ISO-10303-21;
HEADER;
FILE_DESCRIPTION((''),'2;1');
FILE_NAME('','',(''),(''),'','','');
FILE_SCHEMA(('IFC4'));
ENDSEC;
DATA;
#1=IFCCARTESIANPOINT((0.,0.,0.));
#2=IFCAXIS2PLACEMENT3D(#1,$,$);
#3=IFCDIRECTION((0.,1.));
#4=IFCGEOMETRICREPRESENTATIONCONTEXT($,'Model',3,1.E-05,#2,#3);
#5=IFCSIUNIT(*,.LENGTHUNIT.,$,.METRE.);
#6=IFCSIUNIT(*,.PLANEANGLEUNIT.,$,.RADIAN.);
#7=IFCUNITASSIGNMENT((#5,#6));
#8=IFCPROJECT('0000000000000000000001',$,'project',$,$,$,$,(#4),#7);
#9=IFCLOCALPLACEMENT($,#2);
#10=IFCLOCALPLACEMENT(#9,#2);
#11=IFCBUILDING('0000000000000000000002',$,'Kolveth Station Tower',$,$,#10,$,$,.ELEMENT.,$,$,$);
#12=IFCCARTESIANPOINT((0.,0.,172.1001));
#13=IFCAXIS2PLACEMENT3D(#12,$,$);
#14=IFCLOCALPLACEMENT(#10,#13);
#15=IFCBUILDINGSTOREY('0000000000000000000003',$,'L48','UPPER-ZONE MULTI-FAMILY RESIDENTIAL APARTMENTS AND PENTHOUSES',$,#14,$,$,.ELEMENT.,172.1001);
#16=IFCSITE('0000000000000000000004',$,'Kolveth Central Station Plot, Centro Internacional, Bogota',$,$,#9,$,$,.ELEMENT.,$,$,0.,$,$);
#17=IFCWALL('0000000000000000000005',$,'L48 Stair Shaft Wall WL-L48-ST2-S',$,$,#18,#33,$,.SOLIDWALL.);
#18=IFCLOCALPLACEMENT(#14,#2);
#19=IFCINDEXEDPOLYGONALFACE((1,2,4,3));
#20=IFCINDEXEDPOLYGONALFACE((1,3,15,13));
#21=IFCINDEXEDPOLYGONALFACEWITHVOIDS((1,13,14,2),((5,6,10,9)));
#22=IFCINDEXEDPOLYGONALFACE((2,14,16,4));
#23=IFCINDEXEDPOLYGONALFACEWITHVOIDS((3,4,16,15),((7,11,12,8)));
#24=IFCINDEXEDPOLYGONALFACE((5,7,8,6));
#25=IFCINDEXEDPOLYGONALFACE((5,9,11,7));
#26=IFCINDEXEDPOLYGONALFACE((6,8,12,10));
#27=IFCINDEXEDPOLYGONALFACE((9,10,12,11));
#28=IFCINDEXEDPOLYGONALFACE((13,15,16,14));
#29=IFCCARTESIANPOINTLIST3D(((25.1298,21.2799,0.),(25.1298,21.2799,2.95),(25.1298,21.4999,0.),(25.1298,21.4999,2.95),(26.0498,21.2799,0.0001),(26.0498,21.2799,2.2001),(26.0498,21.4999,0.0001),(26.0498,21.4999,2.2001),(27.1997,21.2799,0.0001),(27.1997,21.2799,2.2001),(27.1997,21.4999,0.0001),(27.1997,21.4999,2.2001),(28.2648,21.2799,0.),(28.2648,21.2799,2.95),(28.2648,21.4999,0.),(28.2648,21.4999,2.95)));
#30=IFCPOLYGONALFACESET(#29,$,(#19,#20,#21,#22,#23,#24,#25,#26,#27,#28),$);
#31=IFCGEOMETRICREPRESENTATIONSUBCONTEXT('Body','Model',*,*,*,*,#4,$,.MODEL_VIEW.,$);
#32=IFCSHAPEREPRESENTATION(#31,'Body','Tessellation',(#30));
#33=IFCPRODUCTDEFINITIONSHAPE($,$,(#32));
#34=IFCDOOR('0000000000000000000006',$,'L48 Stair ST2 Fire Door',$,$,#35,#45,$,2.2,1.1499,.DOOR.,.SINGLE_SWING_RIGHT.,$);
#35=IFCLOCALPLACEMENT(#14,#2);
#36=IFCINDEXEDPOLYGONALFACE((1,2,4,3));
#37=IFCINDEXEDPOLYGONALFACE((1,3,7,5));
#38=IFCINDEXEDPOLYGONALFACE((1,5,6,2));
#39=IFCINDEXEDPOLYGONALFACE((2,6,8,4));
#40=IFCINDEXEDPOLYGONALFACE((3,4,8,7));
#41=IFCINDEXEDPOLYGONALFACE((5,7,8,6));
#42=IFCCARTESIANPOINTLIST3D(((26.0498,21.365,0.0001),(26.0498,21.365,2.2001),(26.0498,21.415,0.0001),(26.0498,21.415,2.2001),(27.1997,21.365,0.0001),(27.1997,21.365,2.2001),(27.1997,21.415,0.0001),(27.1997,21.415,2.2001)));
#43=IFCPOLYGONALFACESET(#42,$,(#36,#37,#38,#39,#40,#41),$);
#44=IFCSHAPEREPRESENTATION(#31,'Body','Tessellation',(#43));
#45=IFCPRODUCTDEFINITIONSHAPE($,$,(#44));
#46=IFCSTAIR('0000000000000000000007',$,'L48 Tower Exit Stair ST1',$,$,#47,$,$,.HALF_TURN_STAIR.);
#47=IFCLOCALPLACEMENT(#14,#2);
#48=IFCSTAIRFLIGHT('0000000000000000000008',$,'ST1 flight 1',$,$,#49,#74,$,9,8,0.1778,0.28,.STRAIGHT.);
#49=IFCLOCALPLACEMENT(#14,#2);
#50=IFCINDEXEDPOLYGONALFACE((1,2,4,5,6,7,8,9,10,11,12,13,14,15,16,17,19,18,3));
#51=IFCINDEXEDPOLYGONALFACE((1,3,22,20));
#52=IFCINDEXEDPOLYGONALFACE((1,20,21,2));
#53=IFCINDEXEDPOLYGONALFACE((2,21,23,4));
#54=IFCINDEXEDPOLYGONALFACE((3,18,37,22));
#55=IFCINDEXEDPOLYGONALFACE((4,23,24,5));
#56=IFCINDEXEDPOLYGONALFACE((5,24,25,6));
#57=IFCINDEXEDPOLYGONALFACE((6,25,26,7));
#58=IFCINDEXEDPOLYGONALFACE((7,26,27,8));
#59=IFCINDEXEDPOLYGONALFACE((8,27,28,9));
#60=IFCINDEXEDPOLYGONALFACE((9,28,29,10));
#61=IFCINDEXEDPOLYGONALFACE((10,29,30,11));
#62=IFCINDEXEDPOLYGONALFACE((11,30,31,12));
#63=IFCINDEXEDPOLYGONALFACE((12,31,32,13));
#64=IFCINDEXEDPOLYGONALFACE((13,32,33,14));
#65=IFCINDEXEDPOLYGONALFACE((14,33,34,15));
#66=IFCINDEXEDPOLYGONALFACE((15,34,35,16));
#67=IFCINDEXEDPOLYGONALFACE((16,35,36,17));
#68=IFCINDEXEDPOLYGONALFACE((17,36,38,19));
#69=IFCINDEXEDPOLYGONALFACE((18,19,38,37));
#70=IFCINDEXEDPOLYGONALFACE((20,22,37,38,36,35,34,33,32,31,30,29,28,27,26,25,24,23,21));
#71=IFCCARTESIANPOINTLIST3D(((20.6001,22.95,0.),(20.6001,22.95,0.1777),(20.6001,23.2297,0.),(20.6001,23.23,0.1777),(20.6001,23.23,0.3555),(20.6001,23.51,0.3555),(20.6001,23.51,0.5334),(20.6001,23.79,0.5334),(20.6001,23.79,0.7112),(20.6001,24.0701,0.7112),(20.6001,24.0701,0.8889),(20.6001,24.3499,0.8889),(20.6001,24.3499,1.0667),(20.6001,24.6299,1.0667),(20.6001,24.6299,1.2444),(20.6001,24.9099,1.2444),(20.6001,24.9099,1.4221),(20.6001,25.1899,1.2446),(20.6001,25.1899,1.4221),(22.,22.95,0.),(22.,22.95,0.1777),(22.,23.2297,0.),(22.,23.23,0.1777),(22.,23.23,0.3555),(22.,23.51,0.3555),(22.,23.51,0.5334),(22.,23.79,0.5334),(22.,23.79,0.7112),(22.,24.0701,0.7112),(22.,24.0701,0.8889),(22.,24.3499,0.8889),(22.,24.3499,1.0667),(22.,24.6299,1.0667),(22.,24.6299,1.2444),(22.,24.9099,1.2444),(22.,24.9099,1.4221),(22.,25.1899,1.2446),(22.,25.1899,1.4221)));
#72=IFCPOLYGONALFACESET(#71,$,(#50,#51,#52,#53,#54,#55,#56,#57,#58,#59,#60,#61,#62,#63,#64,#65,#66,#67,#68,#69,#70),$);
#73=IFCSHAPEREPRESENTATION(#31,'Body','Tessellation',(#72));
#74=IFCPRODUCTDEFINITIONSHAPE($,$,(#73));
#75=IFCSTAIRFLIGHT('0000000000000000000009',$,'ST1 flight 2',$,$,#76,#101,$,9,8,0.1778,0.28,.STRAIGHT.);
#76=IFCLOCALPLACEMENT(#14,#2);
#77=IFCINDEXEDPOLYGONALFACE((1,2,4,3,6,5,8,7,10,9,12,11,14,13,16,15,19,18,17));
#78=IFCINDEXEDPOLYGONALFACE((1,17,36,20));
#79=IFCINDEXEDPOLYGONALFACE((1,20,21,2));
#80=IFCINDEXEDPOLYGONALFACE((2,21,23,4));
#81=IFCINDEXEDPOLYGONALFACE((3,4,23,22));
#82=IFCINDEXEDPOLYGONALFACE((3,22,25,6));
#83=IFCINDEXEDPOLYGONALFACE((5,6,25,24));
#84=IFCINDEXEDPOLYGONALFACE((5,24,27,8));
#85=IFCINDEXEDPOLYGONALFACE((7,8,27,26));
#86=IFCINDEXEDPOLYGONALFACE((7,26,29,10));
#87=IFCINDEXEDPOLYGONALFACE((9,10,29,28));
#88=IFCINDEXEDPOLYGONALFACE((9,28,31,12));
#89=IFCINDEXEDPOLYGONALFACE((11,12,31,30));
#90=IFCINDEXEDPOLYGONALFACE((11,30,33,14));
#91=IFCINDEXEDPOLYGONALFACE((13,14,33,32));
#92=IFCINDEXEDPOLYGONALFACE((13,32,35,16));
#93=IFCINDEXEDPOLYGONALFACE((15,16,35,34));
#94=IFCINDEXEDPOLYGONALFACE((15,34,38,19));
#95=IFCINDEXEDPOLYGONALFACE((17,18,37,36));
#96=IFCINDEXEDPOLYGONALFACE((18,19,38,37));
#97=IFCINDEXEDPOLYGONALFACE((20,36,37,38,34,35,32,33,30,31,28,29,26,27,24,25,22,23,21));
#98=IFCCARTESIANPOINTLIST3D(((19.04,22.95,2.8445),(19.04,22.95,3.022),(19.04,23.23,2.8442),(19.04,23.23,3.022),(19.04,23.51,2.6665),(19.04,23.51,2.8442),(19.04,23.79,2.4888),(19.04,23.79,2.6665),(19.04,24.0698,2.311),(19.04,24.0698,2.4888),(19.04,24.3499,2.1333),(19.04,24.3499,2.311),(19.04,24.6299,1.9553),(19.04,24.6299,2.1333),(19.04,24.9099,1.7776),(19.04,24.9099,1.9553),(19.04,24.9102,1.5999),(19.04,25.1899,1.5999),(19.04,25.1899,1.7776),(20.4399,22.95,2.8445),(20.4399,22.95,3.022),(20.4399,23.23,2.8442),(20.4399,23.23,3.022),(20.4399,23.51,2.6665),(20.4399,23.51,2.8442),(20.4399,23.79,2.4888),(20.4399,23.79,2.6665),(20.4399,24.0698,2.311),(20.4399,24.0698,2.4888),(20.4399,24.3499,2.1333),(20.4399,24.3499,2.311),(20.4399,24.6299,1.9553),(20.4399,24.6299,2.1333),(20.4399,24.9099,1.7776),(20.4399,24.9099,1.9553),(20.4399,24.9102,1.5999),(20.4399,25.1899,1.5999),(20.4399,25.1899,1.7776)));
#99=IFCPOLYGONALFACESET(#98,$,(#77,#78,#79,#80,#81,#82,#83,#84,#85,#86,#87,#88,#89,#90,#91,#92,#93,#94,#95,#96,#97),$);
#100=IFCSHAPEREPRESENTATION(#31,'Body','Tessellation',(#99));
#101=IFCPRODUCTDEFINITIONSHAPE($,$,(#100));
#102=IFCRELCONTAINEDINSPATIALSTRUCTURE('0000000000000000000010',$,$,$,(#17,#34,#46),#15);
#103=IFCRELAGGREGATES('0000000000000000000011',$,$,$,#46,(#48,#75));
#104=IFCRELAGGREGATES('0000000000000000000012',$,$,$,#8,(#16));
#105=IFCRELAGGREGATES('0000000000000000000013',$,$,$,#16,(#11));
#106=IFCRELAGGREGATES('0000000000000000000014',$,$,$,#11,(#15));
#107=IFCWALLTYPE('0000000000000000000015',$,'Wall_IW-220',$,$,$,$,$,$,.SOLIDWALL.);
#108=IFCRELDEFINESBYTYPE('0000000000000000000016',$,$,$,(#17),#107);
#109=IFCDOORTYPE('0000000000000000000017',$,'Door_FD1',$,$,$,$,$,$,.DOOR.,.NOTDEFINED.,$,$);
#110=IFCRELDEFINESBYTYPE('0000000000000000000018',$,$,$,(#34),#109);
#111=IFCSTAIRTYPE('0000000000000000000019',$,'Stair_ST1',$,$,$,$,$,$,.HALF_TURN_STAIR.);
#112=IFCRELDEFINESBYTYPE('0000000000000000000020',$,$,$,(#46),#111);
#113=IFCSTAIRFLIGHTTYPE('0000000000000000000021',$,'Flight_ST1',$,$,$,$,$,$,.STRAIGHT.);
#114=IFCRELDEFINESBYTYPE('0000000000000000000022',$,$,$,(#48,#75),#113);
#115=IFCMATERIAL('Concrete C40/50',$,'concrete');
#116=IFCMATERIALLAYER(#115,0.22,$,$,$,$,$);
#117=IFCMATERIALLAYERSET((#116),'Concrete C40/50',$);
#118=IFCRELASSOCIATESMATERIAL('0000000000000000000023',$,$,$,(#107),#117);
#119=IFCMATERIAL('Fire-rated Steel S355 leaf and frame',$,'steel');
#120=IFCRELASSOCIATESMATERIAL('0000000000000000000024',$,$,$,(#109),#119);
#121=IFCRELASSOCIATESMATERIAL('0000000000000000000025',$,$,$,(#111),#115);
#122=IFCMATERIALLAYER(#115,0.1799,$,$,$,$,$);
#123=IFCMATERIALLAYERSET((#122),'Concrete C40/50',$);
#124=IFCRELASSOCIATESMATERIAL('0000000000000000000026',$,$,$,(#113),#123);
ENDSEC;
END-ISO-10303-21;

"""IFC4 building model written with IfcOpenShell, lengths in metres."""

from ifc_helpers import new_model, si_unit, direction, frame, frame_2d, origin, place, context, subcontext, project, spatial, polyline, rectangle, outline, extrude, material, layer, layer_set, type_object, element, fill, aggregate, save


model = new_model("IFC4")

# Units and contexts
model_context = context("Model", 3, precision=1e-05, world=origin(), true_north=direction((0.0, 1.0)))
body_context = subcontext(model_context, "Body", "Model", "MODEL_VIEW")
ifc_project = project(units=[si_unit("LENGTHUNIT", "METRE"), si_unit("PLANEANGLEUNIT", "RADIAN")], contexts=[model_context])

# Site, building, storey
site_placement = place(None, origin())
site = spatial("IfcSite", under=ifc_project, at=site_placement, Name="Kolveth Central Station Plot, Centro Internacional, Bogota", CompositionType="ELEMENT", RefElevation=0.0)
building_placement = place(site_placement, origin())
building = spatial("IfcBuilding", under=site, at=building_placement, Name="Kolveth Station Tower", CompositionType="ELEMENT")
storey_placement = place(building_placement, frame((0.0, 0.0, 172.1001)))
storey = spatial("IfcBuildingStorey", under=building, at=storey_placement, Name="L48", Description="UPPER-ZONE MULTI-FAMILY RESIDENTIAL APARTMENTS AND PENTHOUSES", CompositionType="ELEMENT", Elevation=172.1001)

# Shared definitions
ifc_material_1 = material(Name="Concrete C40/50", Category="concrete")
ifc_layer_1 = layer(ifc_material_1, 0.22)
ifc_layer_set_1 = layer_set([ifc_layer_1], Name="Concrete C40/50")
wall_type_1 = type_object("IfcWallType", Name="Wall_IW-220", PredefinedType="SOLIDWALL", material=ifc_layer_set_1)

# Wall, opening, door
wall_1_placement = place(storey_placement, frame((25.1299, 21.3899, 0.0), z_axis=(0.0, 0.0, 1.0), x_axis=(1.0, 0.0, 0.0)))
wall_1 = element("IfcWall", 1, at=wall_1_placement, inside=storey, type_object=wall_type_1, Name="L48 Stair Shaft Wall WL-L48-ST2-S", PredefinedType="SOLIDWALL", context=body_context, shape_type="SweptSolid", body=[
    extrude(rectangle(XDim=3.135, YDim=0.22, at=frame_2d((1.5674, 0.0))), origin(), (0.0, 0.0, 1.0), 2.95),
])
opening_placement = place(wall_1_placement, frame((0.9199, 0.0, 0.0)))
opening = element("IfcOpeningElement", 2, at=opening_placement, cuts=wall_1, PredefinedType="OPENING", context=body_context, shape_type="SweptSolid", body=[
    extrude(rectangle(XDim=1.1499, YDim=2.2, at=frame_2d((0.575, 1.1001))), frame((0.0, 0.1199, 0.0), z_axis=(0.0, -1.0, 0.0), x_axis=(1.0, 0.0, 0.0)), (0.0, 0.0, 1.0), 0.24),
])
ifc_material_2 = material(Name="Fire-rated Steel S355 leaf and frame", Category="steel")
door_type = type_object("IfcDoorType", Name="Door_FD1", OperationType="NOTDEFINED", PredefinedType="DOOR", material=ifc_material_2)
door_placement = place(opening_placement, frame((1.1499, 0.0, 0.0), z_axis=(0.0, 0.0, 1.0), x_axis=(-1.0, 0.0, 0.0)))
door = element("IfcDoor", 3, at=door_placement, inside=storey, type_object=door_type, Name="L48 Stair ST2 Fire Door", OperationType="SINGLE_SWING_RIGHT", OverallHeight=2.2, OverallWidth=1.1499, PredefinedType="DOOR", context=body_context, shape_type="SweptSolid", body=[
    extrude(rectangle(XDim=1.1499, YDim=2.2, at=frame_2d((0.575, 1.1001))), frame((0.0, 0.0249, 0.0), z_axis=(0.0, -1.0, 0.0), x_axis=(1.0, 0.0, 0.0)), (0.0, 0.0, 1.0), 0.05),
])
fill(opening, door)

# Stair, stair flights
stair_type = type_object("IfcStairType", Name="Stair_ST1", PredefinedType="HALF_TURN_STAIR", material=ifc_material_1)
stair_placement = place(storey_placement, origin())
stair = element("IfcStair", 4, at=stair_placement, inside=storey, type_object=stair_type, Name="L48 Tower Exit Stair ST1", PredefinedType="HALF_TURN_STAIR")
ifc_layer_2 = layer(ifc_material_1, 0.1799)
ifc_layer_set_2 = layer_set([ifc_layer_2], Name="Concrete C40/50")
stair_flight_type = type_object("IfcStairFlightType", Name="Flight_ST1", PredefinedType="STRAIGHT", material=ifc_layer_set_2)
stair_flight_1_placement = place(storey_placement, frame((21.3, 22.95, 0.0), z_axis=(0.0, 0.0, 1.0), x_axis=(0.0, 1.0, 0.0)))
stair_flight_1 = element("IfcStairFlight", 5, at=stair_flight_1_placement, type_object=stair_flight_type, Name="ST1 flight 1", NumberOfRisers=9, NumberOfTreads=8, PredefinedType="STRAIGHT", RiserHeight=0.1778, TreadLength=0.28, context=body_context, shape_type="SweptSolid", body=[
    extrude(outline(polyline([(0.0, 0.0), (0.0, 0.1777), (0.28, 0.1777), (0.28, 0.3555), (0.5601, 0.3555), (0.5601, 0.5334), (0.8401, 0.5334), (0.8401, 0.7112), (1.1201, 0.7112), (1.1201, 0.8889), (1.3999, 0.8889), (1.3999, 1.0667), (1.6799, 1.0667), (1.6799, 1.2444), (1.96, 1.2444), (1.96, 1.4221), (2.24, 1.4221), (2.24, 1.6001), (2.24, 1.2446), (0.2798, 0.0), (0.0, 0.0)])), frame((0.0, 0.7, 0.0), z_axis=(0.0, -1.0, 0.0), x_axis=(1.0, 0.0, 0.0)), (0.0, 0.0, 1.0), 1.3999),
])
stair_flight_2_placement = place(storey_placement, frame((19.74, 25.1899, 1.5999), z_axis=(0.0, 0.0, 1.0), x_axis=(0.0, -1.0, 0.0)))
stair_flight_2 = element("IfcStairFlight", 6, at=stair_flight_2_placement, type_object=stair_flight_type, Name="ST1 flight 2", NumberOfRisers=9, NumberOfTreads=8, PredefinedType="STRAIGHT", RiserHeight=0.1778, TreadLength=0.28, context=body_context, shape_type="SweptSolid", body=[
    extrude(outline(polyline([(0.0, 0.0), (0.0, 0.1777), (0.28, 0.1777), (0.28, 0.3555), (0.5601, 0.3555), (0.5601, 0.5334), (0.8401, 0.5334), (0.8401, 0.7112), (1.1201, 0.7112), (1.1201, 0.8889), (1.3999, 0.8889), (1.3999, 1.0667), (1.6799, 1.0667), (1.6799, 1.2444), (1.96, 1.2444), (1.96, 1.4221), (2.24, 1.4221), (2.24, 1.6001), (2.24, 1.2446), (0.2798, 0.0), (0.0, 0.0)])), frame((0.0, 0.7, 0.0), z_axis=(0.0, -1.0, 0.0), x_axis=(1.0, 0.0, 0.0)), (0.0, 0.0, 1.0), 1.3999),
])
aggregate(stair, [stair_flight_1, stair_flight_2])

save(model, "model.ifc")
